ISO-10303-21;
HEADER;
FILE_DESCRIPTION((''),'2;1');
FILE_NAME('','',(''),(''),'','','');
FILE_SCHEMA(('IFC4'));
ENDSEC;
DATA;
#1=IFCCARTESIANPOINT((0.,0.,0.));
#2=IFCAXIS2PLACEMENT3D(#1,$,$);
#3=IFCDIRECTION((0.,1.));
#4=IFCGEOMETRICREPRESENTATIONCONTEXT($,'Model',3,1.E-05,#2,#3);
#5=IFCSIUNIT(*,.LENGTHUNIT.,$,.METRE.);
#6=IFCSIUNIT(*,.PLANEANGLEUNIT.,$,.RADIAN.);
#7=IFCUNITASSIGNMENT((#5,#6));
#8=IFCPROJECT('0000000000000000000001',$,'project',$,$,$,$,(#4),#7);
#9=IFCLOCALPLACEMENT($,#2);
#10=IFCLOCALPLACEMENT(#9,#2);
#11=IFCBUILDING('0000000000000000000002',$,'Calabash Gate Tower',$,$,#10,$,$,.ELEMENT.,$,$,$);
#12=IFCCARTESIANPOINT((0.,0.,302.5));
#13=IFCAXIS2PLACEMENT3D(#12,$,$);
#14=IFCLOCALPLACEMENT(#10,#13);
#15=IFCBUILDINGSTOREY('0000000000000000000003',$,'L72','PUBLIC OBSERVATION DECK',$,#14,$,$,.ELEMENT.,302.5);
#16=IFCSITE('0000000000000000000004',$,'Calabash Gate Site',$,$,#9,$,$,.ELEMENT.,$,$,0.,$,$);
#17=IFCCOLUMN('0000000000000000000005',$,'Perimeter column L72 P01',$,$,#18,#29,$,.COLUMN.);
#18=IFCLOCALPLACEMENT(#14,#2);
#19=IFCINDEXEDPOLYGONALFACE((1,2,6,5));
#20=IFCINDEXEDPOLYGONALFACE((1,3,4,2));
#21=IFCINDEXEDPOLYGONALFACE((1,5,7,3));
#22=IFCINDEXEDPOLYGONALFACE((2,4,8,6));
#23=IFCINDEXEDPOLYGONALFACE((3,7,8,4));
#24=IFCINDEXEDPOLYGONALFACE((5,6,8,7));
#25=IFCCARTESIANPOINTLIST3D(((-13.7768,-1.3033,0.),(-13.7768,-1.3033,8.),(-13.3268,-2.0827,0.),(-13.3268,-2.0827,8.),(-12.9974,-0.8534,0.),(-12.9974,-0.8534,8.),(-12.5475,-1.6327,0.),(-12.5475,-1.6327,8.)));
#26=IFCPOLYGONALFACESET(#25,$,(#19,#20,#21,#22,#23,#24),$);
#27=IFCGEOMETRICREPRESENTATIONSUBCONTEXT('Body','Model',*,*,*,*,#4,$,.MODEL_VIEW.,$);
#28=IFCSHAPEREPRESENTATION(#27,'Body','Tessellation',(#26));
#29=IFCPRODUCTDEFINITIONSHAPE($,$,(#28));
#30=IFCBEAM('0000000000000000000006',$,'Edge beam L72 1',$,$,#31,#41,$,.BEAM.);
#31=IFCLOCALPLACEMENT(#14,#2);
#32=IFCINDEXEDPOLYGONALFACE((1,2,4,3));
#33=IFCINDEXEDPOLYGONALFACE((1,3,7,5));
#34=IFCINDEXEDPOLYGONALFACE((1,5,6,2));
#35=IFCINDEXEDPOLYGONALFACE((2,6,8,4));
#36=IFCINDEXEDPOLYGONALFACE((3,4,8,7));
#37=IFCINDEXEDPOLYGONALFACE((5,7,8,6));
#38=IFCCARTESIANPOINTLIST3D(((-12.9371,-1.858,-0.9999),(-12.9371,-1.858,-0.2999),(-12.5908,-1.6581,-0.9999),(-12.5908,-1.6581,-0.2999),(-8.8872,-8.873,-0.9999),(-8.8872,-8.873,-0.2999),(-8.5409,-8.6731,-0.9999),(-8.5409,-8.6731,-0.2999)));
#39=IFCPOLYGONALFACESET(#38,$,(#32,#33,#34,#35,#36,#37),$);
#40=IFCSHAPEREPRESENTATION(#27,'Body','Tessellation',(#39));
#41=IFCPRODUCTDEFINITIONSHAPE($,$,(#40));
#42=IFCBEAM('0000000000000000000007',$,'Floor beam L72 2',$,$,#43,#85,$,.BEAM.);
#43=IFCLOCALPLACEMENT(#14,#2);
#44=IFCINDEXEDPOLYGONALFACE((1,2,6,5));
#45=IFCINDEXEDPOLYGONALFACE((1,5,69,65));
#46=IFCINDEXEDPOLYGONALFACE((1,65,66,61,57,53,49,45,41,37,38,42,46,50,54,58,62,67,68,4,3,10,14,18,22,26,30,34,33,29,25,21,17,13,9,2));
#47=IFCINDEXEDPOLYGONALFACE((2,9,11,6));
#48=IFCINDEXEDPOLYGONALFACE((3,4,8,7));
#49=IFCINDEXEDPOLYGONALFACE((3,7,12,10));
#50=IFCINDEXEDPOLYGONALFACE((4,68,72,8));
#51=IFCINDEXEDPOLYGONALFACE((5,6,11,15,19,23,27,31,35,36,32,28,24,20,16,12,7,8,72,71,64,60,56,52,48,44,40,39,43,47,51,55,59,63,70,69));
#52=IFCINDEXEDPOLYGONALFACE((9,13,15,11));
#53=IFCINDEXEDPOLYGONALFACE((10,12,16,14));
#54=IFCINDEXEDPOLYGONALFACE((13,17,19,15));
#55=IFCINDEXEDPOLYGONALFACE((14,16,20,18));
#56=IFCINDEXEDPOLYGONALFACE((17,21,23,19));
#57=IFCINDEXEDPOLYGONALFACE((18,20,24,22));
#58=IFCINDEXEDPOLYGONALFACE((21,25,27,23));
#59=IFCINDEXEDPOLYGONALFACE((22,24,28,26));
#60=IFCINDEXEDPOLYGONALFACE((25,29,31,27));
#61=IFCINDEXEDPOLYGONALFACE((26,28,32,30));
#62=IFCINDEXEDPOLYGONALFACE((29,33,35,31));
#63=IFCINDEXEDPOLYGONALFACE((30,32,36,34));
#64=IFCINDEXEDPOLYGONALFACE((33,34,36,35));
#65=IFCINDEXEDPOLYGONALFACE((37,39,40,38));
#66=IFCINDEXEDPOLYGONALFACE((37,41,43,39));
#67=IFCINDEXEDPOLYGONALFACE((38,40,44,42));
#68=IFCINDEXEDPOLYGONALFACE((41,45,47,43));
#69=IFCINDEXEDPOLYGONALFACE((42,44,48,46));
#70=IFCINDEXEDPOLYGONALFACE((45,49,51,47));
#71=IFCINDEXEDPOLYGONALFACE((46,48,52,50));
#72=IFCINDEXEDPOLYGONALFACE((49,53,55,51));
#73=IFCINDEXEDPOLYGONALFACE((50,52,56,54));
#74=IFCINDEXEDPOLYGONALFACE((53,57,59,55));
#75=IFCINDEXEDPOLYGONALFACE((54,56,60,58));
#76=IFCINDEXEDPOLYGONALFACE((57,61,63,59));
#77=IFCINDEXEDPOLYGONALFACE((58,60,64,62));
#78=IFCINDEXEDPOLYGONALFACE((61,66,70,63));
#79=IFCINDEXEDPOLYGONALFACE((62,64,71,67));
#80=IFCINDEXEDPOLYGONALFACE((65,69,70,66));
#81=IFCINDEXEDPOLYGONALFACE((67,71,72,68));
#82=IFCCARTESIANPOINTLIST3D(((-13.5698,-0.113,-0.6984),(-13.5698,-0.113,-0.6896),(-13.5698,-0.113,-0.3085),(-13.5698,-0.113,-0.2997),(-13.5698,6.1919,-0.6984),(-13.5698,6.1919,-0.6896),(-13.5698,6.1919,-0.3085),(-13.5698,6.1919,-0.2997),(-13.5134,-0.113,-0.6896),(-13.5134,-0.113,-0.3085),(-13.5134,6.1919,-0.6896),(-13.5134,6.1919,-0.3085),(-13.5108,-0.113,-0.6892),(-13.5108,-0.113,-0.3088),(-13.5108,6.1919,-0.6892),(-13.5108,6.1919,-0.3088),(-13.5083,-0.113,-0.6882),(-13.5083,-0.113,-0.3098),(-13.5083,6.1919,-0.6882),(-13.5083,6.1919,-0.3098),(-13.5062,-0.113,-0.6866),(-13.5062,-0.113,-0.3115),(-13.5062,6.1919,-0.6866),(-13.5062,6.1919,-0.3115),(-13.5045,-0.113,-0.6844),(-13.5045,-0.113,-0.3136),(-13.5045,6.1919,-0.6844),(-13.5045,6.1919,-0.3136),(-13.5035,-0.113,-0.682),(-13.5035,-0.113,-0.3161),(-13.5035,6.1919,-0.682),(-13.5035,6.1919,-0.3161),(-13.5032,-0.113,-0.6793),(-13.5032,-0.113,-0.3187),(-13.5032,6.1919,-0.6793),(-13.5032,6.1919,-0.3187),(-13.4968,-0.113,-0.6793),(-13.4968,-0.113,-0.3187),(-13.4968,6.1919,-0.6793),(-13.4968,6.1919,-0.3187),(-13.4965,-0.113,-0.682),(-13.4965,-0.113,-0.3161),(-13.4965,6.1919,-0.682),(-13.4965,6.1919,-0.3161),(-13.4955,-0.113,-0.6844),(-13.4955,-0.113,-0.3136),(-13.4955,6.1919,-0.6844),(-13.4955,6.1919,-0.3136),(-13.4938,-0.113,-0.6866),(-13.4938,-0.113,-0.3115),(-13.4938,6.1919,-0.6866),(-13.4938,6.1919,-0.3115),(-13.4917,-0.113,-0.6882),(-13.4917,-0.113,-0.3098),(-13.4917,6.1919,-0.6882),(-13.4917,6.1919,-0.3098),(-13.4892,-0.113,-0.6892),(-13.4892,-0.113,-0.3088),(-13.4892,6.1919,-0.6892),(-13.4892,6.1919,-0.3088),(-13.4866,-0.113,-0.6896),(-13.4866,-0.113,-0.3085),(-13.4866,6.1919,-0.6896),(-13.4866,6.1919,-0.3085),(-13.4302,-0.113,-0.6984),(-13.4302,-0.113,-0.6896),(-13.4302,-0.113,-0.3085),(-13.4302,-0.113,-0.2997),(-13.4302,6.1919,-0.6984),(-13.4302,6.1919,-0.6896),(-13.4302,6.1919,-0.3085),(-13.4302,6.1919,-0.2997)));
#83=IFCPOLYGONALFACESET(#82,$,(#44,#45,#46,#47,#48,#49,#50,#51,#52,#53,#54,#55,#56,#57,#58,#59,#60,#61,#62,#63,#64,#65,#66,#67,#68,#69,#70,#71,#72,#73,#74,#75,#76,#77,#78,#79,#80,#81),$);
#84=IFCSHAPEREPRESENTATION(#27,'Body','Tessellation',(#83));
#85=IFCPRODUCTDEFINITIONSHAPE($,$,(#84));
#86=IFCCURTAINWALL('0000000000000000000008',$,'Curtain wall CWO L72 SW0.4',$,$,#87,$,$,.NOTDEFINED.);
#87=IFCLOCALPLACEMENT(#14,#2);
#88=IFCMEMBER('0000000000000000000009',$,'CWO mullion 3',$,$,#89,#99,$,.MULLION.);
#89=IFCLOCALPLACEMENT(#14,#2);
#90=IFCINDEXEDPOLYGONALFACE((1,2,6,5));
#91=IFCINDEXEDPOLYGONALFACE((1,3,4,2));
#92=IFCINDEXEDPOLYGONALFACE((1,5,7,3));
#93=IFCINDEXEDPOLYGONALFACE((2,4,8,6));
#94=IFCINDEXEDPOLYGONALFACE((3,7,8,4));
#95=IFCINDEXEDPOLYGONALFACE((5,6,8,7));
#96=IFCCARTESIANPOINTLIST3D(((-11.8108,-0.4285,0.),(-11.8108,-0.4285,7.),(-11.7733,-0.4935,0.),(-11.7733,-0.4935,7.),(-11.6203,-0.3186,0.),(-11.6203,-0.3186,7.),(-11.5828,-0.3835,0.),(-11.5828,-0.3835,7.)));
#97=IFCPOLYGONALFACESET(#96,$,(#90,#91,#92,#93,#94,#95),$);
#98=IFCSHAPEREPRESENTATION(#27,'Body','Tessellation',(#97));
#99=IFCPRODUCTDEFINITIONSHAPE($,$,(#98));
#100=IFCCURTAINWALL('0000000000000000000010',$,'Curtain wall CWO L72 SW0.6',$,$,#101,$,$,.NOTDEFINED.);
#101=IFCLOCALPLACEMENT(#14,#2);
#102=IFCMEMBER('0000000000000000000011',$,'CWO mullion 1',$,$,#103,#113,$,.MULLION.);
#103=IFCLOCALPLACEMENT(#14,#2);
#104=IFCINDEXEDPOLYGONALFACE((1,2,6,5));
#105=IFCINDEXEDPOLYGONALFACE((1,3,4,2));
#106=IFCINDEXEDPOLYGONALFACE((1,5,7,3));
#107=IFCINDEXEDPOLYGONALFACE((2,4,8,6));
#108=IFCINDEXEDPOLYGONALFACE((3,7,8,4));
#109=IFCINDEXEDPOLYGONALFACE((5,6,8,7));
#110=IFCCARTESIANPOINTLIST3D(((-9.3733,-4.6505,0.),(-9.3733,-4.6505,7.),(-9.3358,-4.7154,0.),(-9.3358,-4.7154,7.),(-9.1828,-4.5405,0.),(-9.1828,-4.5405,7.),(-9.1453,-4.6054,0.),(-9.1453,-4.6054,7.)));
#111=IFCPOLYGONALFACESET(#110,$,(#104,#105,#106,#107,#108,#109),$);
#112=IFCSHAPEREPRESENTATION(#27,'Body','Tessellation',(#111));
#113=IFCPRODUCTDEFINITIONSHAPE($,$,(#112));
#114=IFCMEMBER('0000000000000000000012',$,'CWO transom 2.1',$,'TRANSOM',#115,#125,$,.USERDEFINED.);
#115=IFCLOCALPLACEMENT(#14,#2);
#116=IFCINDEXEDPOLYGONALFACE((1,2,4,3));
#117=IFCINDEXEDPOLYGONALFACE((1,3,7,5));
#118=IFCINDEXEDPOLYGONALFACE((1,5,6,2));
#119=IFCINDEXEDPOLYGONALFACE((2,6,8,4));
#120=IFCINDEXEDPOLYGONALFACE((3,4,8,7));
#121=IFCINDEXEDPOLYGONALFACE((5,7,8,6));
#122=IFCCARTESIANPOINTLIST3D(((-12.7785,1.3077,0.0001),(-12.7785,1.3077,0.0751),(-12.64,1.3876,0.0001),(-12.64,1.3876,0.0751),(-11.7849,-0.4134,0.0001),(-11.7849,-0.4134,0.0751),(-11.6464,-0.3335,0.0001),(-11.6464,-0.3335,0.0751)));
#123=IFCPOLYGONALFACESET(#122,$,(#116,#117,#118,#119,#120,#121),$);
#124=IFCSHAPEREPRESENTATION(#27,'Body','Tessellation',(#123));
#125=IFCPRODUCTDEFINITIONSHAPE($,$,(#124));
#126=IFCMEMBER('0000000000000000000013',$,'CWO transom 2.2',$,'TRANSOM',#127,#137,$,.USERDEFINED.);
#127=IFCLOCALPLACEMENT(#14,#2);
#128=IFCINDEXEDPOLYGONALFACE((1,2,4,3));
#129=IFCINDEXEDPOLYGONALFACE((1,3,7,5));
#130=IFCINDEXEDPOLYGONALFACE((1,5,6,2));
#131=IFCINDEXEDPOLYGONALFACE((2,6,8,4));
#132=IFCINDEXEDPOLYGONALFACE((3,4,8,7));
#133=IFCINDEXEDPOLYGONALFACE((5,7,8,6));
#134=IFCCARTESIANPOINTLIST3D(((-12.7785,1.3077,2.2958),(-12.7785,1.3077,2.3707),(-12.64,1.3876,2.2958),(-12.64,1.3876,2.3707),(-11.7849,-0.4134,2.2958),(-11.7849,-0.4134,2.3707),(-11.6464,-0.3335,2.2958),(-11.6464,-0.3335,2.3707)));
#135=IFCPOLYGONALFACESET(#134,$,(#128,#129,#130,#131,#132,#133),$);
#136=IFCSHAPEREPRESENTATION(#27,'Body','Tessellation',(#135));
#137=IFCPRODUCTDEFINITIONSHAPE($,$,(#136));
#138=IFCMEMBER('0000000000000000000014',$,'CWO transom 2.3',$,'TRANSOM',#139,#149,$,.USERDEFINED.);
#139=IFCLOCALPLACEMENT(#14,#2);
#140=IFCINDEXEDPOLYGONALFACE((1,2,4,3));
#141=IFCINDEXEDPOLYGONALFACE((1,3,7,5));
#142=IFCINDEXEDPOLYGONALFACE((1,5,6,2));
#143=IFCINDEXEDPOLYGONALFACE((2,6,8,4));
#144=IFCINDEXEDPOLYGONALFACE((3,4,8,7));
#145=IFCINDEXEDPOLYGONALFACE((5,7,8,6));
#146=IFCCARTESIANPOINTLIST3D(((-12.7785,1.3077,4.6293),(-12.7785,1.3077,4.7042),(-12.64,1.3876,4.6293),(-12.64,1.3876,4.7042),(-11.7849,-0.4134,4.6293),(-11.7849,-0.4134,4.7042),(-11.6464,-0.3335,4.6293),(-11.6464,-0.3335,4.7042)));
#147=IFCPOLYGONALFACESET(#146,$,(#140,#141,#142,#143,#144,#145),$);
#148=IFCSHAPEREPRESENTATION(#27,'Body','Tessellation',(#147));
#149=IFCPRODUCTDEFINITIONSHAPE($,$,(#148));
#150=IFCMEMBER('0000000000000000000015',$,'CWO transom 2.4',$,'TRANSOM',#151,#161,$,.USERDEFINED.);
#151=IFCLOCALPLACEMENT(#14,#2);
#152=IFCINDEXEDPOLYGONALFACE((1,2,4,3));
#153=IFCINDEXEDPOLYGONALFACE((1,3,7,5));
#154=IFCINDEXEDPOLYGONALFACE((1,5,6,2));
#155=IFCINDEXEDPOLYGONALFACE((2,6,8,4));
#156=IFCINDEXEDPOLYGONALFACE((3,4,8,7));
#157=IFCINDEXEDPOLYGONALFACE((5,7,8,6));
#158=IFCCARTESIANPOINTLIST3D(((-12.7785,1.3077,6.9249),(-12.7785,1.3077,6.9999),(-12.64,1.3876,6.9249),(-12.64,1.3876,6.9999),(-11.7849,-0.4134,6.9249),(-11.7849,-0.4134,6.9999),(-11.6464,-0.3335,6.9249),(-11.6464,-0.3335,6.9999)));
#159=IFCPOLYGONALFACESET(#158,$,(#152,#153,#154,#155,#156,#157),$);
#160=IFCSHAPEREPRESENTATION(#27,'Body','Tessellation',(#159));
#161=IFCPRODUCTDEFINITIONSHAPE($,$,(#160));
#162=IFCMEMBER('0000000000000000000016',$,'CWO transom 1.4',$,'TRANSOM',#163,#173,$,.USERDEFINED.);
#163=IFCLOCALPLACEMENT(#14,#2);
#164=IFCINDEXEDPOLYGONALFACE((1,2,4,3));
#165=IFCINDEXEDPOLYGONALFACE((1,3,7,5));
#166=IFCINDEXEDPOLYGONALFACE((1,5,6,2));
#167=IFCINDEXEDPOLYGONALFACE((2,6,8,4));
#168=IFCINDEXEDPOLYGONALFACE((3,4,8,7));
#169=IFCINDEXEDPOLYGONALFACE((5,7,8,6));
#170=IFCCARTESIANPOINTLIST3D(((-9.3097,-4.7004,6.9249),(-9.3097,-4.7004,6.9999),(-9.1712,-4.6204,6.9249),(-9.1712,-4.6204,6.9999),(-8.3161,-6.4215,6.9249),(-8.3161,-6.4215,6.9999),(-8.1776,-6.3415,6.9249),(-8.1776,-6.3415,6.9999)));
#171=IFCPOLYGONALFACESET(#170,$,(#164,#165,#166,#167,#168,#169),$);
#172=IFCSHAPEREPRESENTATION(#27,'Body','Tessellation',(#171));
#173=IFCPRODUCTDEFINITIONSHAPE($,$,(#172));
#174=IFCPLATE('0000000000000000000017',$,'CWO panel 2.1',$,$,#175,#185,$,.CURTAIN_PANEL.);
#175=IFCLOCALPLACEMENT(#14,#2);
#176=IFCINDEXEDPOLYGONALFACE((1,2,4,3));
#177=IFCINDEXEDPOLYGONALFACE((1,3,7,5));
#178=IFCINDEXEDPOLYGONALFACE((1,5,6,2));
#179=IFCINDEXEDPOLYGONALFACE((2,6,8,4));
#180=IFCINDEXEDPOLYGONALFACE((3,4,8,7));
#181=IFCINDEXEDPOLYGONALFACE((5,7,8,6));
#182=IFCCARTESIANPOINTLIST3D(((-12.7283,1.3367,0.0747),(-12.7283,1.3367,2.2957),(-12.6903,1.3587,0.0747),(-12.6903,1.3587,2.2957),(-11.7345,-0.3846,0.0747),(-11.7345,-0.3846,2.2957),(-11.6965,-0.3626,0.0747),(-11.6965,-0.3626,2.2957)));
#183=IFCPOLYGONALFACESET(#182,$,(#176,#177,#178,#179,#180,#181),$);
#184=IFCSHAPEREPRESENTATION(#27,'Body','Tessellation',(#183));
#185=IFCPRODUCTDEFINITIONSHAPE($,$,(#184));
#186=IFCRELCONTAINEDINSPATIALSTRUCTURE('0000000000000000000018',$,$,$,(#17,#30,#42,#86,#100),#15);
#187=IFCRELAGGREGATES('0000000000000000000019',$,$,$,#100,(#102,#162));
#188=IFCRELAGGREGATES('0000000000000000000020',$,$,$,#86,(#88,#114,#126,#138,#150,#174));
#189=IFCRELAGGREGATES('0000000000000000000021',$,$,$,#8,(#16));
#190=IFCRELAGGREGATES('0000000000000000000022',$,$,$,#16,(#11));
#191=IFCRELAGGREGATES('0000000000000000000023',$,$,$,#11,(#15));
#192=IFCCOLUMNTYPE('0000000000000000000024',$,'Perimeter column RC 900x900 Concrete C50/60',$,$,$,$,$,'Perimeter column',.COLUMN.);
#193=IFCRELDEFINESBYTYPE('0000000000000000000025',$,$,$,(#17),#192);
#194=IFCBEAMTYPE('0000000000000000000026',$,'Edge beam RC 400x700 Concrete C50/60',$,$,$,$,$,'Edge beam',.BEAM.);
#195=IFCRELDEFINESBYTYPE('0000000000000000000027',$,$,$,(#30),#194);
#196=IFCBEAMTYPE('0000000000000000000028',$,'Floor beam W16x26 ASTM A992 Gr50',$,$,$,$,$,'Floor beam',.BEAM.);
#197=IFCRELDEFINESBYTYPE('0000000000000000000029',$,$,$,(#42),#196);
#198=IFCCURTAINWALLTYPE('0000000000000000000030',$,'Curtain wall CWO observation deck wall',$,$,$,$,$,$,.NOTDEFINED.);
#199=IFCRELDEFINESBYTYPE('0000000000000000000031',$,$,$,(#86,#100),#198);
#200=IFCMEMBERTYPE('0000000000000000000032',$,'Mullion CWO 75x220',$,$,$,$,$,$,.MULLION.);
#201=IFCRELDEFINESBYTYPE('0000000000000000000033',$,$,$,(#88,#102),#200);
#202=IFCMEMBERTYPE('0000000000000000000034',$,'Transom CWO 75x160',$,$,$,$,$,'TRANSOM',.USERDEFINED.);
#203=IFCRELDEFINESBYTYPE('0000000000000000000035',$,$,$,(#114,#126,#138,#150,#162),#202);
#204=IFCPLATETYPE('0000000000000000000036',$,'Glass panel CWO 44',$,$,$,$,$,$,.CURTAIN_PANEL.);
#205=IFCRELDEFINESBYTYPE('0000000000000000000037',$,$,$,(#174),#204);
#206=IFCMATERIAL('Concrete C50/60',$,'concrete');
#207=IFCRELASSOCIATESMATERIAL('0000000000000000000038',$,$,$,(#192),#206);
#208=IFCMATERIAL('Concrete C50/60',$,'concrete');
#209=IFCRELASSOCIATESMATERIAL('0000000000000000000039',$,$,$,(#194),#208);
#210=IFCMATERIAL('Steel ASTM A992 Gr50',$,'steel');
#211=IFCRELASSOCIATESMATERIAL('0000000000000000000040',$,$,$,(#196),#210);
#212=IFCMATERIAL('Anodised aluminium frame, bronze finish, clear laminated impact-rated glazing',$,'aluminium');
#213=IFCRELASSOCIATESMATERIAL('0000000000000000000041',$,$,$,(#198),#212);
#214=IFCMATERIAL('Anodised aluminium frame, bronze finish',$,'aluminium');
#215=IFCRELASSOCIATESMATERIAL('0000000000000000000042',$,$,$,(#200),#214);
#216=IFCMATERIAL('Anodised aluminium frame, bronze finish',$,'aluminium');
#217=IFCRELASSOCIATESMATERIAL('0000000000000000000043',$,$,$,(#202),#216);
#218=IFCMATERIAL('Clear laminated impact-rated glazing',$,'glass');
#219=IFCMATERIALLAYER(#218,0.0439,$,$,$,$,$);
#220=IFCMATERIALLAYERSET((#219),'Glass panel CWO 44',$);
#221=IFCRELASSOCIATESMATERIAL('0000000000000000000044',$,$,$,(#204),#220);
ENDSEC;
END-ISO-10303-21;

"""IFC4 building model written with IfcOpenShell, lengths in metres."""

from ifc_helpers import new_model, si_unit, direction, frame, origin, origin_2d, place, context, subcontext, project, spatial, rectangle, i_section, extrude, material, layer, layer_set, material_profile, profile_set, type_object, element, aggregate, save


model = new_model("IFC4")

# Units and contexts
model_context = context("Model", 3, precision=1e-05, world=origin(), true_north=direction((0.0, 1.0)))
body_context = subcontext(model_context, "Body", "Model", "MODEL_VIEW")
ifc_project = project(units=[si_unit("LENGTHUNIT", "METRE"), si_unit("PLANEANGLEUNIT", "RADIAN")], contexts=[model_context])

# Site, building, storey
site_placement = place(None, origin())
site = spatial("IfcSite", under=ifc_project, at=site_placement, Name="Calabash Gate Site", CompositionType="ELEMENT", RefElevation=0.0)
building_placement = place(site_placement, origin())
building = spatial("IfcBuilding", under=site, at=building_placement, Name="Calabash Gate Tower", CompositionType="ELEMENT")
storey_placement = place(building_placement, frame((0.0, 0.0, 302.5)))
storey = spatial("IfcBuildingStorey", under=building, at=storey_placement, Name="L72", Description="PUBLIC OBSERVATION DECK", CompositionType="ELEMENT", Elevation=302.5)

# Column
ifc_material_1 = material(Name="Concrete C50/60", Category="concrete")
ifc_material_profile_1 = material_profile(ifc_material_1, rectangle(XDim=0.8999, YDim=0.8999, at=origin_2d()))
ifc_profile_set_1 = profile_set([ifc_material_profile_1], Name="Concrete C50/60")
column_type = type_object("IfcColumnType", Name="Perimeter column RC 900x900 Concrete C50/60", ElementType="Perimeter column", PredefinedType="COLUMN", material=ifc_profile_set_1)
column_placement = place(storey_placement, frame((-13.1621, -1.468, 0.0), z_axis=(0.0, 0.0, 1.0), x_axis=(0.5, -0.866025, 0.0)))
element("IfcColumn", 1, at=column_placement, inside=storey, type_object=column_type, Name="Perimeter column L72 P01", PredefinedType="COLUMN", context=body_context, shape_type="SweptSolid", body=[
    extrude(rectangle(XDim=0.8999, YDim=0.8999, at=origin_2d()), origin(), (0.0, 0.0, 1.0), 8.0),
])

# Beams
ifc_material_2 = material(Name="Concrete C50/60", Category="concrete")
ifc_material_profile_2 = material_profile(ifc_material_2, rectangle(XDim=0.3999, YDim=0.7, at=origin_2d()))
ifc_profile_set_2 = profile_set([ifc_material_profile_2], Name="Concrete C50/60")
beam_type_1 = type_object("IfcBeamType", Name="Edge beam RC 400x700 Concrete C50/60", ElementType="Edge beam", PredefinedType="BEAM", material=ifc_profile_set_2)
beam_1_placement = place(storey_placement, frame((-12.7639, -1.7581, -0.6499), z_axis=(0.499977, -0.866039, 0.0), x_axis=(0.866039, 0.499977, 0.0)))
element("IfcBeam", 2, at=beam_1_placement, inside=storey, type_object=beam_type_1, Name="Edge beam L72 1", PredefinedType="BEAM", context=body_context, shape_type="SweptSolid", body=[
    extrude(rectangle(XDim=0.3999, YDim=0.7, at=origin_2d()), origin(), (0.0, 0.0, 1.0), 8.1001),
])
ifc_material_3 = material(Name="Steel ASTM A992 Gr50", Category="steel")
ifc_material_profile_3 = material_profile(ifc_material_3, i_section(OverallWidth=0.1396, OverallDepth=0.3987, WebThickness=0.0063, FlangeThickness=0.0088, FilletRadius=0.0103, at=origin_2d()))
ifc_profile_set_3 = profile_set([ifc_material_profile_3], Name="Steel ASTM A992 Gr50")
beam_type_2 = type_object("IfcBeamType", Name="Floor beam W16x26 ASTM A992 Gr50", ElementType="Floor beam", PredefinedType="BEAM", material=ifc_profile_set_3)
beam_2_placement = place(storey_placement, frame((-13.5, -0.113, -0.499), z_axis=(0.0, 1.0, 0.0), x_axis=(-1.0, 0.0, 0.0)))
element("IfcBeam", 3, at=beam_2_placement, inside=storey, type_object=beam_type_2, Name="Floor beam L72 2", PredefinedType="BEAM", context=body_context, shape_type="SweptSolid", body=[
    extrude(i_section(OverallWidth=0.1396, OverallDepth=0.3987, WebThickness=0.0063, FlangeThickness=0.0088, FilletRadius=0.0103, at=origin_2d()), origin(), (0.0, 0.0, 1.0), 6.3049),
])

# Curtain walls, members
ifc_material_4 = material(Name="Anodised aluminium frame, bronze finish, clear laminated impact-rated glazing", Category="aluminium")
curtain_wall_type = type_object("IfcCurtainWallType", Name="Curtain wall CWO observation deck wall", PredefinedType="NOTDEFINED", material=ifc_material_4)
curtain_wall_1_placement = place(storey_placement, origin())
curtain_wall_1 = element("IfcCurtainWall", 4, at=curtain_wall_1_placement, inside=storey, type_object=curtain_wall_type, Name="Curtain wall CWO L72 SW0.4", PredefinedType="NOTDEFINED")
ifc_material_5 = material(Name="Anodised aluminium frame, bronze finish", Category="aluminium")
ifc_material_profile_4 = material_profile(ifc_material_5, rectangle(XDim=0.22, YDim=0.075, at=origin_2d()))
ifc_profile_set_4 = profile_set([ifc_material_profile_4], Name="Anodised aluminium frame, bronze finish")
member_type_1 = type_object("IfcMemberType", Name="Mullion CWO 75x220", PredefinedType="MULLION", material=ifc_profile_set_4)
member_1_placement = place(storey_placement, frame((-11.6968, -0.406, 0.0), z_axis=(0.0, 0.0, 1.0), x_axis=(0.866025, 0.5, 0.0)))
member_1 = element("IfcMember", 5, at=member_1_placement, type_object=member_type_1, Name="CWO mullion 3", PredefinedType="MULLION", context=body_context, shape_type="SweptSolid", body=[
    extrude(rectangle(XDim=0.22, YDim=0.075, at=origin_2d()), origin(), (0.0, 0.0, 1.0), 7.0),
])
curtain_wall_2_placement = place(storey_placement, origin())
curtain_wall_2 = element("IfcCurtainWall", 6, at=curtain_wall_2_placement, inside=storey, type_object=curtain_wall_type, Name="Curtain wall CWO L72 SW0.6", PredefinedType="NOTDEFINED")
member_2_placement = place(storey_placement, frame((-9.2593, -4.6279, 0.0), z_axis=(0.0, 0.0, 1.0), x_axis=(0.866025, 0.5, 0.0)))
member_2 = element("IfcMember", 7, at=member_2_placement, type_object=member_type_1, Name="CWO mullion 1", PredefinedType="MULLION", context=body_context, shape_type="SweptSolid", body=[
    extrude(rectangle(XDim=0.22, YDim=0.075, at=origin_2d()), origin(), (0.0, 0.0, 1.0), 7.0),
])

# Members
ifc_material_6 = material(Name="Anodised aluminium frame, bronze finish", Category="aluminium")
ifc_material_profile_5 = material_profile(ifc_material_6, rectangle(XDim=0.1599, YDim=0.075, at=origin_2d()))
ifc_profile_set_5 = profile_set([ifc_material_profile_5], Name="Anodised aluminium frame, bronze finish")
member_type_2 = type_object("IfcMemberType", Name="Transom CWO 75x160", ElementType="TRANSOM", PredefinedType="USERDEFINED", material=ifc_profile_set_5)
member_3_placement = place(storey_placement, frame((-12.7092, 1.3477, 0.0376), z_axis=(0.499971, -0.866042, 0.0), x_axis=(0.866042, 0.499971, 0.0)))
member_3 = element("IfcMember", 8, at=member_3_placement, type_object=member_type_2, Name="CWO transom 2.1", ObjectType="TRANSOM", PredefinedType="USERDEFINED", context=body_context, shape_type="SweptSolid", body=[
    extrude(rectangle(XDim=0.1599, YDim=0.075, at=origin_2d()), origin(), (0.0, 0.0, 1.0), 1.9873),
])
member_4_placement = place(storey_placement, frame((-12.7092, 1.3477, 2.3333), z_axis=(0.499971, -0.866042, 0.0), x_axis=(0.866042, 0.499971, 0.0)))
member_4 = element("IfcMember", 9, at=member_4_placement, type_object=member_type_2, Name="CWO transom 2.2", ObjectType="TRANSOM", PredefinedType="USERDEFINED", context=body_context, shape_type="SweptSolid", body=[
    extrude(rectangle(XDim=0.1599, YDim=0.075, at=origin_2d()), origin(), (0.0, 0.0, 1.0), 1.9873),
])
member_5_placement = place(storey_placement, frame((-12.7092, 1.3477, 4.6667), z_axis=(0.499971, -0.866042, 0.0), x_axis=(0.866042, 0.499971, 0.0)))
member_5 = element("IfcMember", 10, at=member_5_placement, type_object=member_type_2, Name="CWO transom 2.3", ObjectType="TRANSOM", PredefinedType="USERDEFINED", context=body_context, shape_type="SweptSolid", body=[
    extrude(rectangle(XDim=0.1599, YDim=0.075, at=origin_2d()), origin(), (0.0, 0.0, 1.0), 1.9873),
])
member_6_placement = place(storey_placement, frame((-12.7092, 1.3477, 6.9624), z_axis=(0.499971, -0.866042, 0.0), x_axis=(0.866042, 0.499971, 0.0)))
member_6 = element("IfcMember", 11, at=member_6_placement, type_object=member_type_2, Name="CWO transom 2.4", ObjectType="TRANSOM", PredefinedType="USERDEFINED", context=body_context, shape_type="SweptSolid", body=[
    extrude(rectangle(XDim=0.1599, YDim=0.075, at=origin_2d()), origin(), (0.0, 0.0, 1.0), 1.9873),
])
member_7_placement = place(storey_placement, frame((-9.2405, -4.6604, 6.9624), z_axis=(0.499971, -0.866042, 0.0), x_axis=(0.866042, 0.499971, 0.0)))
member_7 = element("IfcMember", 12, at=member_7_placement, type_object=member_type_2, Name="CWO transom 1.4", ObjectType="TRANSOM", PredefinedType="USERDEFINED", context=body_context, shape_type="SweptSolid", body=[
    extrude(rectangle(XDim=0.1599, YDim=0.075, at=origin_2d()), origin(), (0.0, 0.0, 1.0), 1.9873),
])
aggregate(curtain_wall_2, [member_2, member_7])

# Plate
ifc_material_7 = material(Name="Clear laminated impact-rated glazing", Category="glass")
ifc_layer_1 = layer(ifc_material_7, 0.0439)
ifc_layer_set_1 = layer_set([ifc_layer_1], Name="Glass panel CWO 44")
plate_type = type_object("IfcPlateType", Name="Glass panel CWO 44", PredefinedType="CURTAIN_PANEL", material=ifc_layer_set_1)
plate_1_placement = place(storey_placement, frame((-12.2124, 0.4871, 0.0747), z_axis=(0.0, 0.0, 1.0), x_axis=(0.5, -0.866025, 0.0)))
plate_1 = element("IfcPlate", 13, at=plate_1_placement, type_object=plate_type, Name="CWO panel 2.1", PredefinedType="CURTAIN_PANEL", context=body_context, shape_type="SweptSolid", body=[
    extrude(rectangle(XDim=1.9875, YDim=0.0439, at=origin_2d()), origin(), (0.0, 0.0, 1.0), 2.2209),
])
aggregate(curtain_wall_1, [member_1, member_3, member_4, member_5, member_6, plate_1])

save(model, "model.ifc")
